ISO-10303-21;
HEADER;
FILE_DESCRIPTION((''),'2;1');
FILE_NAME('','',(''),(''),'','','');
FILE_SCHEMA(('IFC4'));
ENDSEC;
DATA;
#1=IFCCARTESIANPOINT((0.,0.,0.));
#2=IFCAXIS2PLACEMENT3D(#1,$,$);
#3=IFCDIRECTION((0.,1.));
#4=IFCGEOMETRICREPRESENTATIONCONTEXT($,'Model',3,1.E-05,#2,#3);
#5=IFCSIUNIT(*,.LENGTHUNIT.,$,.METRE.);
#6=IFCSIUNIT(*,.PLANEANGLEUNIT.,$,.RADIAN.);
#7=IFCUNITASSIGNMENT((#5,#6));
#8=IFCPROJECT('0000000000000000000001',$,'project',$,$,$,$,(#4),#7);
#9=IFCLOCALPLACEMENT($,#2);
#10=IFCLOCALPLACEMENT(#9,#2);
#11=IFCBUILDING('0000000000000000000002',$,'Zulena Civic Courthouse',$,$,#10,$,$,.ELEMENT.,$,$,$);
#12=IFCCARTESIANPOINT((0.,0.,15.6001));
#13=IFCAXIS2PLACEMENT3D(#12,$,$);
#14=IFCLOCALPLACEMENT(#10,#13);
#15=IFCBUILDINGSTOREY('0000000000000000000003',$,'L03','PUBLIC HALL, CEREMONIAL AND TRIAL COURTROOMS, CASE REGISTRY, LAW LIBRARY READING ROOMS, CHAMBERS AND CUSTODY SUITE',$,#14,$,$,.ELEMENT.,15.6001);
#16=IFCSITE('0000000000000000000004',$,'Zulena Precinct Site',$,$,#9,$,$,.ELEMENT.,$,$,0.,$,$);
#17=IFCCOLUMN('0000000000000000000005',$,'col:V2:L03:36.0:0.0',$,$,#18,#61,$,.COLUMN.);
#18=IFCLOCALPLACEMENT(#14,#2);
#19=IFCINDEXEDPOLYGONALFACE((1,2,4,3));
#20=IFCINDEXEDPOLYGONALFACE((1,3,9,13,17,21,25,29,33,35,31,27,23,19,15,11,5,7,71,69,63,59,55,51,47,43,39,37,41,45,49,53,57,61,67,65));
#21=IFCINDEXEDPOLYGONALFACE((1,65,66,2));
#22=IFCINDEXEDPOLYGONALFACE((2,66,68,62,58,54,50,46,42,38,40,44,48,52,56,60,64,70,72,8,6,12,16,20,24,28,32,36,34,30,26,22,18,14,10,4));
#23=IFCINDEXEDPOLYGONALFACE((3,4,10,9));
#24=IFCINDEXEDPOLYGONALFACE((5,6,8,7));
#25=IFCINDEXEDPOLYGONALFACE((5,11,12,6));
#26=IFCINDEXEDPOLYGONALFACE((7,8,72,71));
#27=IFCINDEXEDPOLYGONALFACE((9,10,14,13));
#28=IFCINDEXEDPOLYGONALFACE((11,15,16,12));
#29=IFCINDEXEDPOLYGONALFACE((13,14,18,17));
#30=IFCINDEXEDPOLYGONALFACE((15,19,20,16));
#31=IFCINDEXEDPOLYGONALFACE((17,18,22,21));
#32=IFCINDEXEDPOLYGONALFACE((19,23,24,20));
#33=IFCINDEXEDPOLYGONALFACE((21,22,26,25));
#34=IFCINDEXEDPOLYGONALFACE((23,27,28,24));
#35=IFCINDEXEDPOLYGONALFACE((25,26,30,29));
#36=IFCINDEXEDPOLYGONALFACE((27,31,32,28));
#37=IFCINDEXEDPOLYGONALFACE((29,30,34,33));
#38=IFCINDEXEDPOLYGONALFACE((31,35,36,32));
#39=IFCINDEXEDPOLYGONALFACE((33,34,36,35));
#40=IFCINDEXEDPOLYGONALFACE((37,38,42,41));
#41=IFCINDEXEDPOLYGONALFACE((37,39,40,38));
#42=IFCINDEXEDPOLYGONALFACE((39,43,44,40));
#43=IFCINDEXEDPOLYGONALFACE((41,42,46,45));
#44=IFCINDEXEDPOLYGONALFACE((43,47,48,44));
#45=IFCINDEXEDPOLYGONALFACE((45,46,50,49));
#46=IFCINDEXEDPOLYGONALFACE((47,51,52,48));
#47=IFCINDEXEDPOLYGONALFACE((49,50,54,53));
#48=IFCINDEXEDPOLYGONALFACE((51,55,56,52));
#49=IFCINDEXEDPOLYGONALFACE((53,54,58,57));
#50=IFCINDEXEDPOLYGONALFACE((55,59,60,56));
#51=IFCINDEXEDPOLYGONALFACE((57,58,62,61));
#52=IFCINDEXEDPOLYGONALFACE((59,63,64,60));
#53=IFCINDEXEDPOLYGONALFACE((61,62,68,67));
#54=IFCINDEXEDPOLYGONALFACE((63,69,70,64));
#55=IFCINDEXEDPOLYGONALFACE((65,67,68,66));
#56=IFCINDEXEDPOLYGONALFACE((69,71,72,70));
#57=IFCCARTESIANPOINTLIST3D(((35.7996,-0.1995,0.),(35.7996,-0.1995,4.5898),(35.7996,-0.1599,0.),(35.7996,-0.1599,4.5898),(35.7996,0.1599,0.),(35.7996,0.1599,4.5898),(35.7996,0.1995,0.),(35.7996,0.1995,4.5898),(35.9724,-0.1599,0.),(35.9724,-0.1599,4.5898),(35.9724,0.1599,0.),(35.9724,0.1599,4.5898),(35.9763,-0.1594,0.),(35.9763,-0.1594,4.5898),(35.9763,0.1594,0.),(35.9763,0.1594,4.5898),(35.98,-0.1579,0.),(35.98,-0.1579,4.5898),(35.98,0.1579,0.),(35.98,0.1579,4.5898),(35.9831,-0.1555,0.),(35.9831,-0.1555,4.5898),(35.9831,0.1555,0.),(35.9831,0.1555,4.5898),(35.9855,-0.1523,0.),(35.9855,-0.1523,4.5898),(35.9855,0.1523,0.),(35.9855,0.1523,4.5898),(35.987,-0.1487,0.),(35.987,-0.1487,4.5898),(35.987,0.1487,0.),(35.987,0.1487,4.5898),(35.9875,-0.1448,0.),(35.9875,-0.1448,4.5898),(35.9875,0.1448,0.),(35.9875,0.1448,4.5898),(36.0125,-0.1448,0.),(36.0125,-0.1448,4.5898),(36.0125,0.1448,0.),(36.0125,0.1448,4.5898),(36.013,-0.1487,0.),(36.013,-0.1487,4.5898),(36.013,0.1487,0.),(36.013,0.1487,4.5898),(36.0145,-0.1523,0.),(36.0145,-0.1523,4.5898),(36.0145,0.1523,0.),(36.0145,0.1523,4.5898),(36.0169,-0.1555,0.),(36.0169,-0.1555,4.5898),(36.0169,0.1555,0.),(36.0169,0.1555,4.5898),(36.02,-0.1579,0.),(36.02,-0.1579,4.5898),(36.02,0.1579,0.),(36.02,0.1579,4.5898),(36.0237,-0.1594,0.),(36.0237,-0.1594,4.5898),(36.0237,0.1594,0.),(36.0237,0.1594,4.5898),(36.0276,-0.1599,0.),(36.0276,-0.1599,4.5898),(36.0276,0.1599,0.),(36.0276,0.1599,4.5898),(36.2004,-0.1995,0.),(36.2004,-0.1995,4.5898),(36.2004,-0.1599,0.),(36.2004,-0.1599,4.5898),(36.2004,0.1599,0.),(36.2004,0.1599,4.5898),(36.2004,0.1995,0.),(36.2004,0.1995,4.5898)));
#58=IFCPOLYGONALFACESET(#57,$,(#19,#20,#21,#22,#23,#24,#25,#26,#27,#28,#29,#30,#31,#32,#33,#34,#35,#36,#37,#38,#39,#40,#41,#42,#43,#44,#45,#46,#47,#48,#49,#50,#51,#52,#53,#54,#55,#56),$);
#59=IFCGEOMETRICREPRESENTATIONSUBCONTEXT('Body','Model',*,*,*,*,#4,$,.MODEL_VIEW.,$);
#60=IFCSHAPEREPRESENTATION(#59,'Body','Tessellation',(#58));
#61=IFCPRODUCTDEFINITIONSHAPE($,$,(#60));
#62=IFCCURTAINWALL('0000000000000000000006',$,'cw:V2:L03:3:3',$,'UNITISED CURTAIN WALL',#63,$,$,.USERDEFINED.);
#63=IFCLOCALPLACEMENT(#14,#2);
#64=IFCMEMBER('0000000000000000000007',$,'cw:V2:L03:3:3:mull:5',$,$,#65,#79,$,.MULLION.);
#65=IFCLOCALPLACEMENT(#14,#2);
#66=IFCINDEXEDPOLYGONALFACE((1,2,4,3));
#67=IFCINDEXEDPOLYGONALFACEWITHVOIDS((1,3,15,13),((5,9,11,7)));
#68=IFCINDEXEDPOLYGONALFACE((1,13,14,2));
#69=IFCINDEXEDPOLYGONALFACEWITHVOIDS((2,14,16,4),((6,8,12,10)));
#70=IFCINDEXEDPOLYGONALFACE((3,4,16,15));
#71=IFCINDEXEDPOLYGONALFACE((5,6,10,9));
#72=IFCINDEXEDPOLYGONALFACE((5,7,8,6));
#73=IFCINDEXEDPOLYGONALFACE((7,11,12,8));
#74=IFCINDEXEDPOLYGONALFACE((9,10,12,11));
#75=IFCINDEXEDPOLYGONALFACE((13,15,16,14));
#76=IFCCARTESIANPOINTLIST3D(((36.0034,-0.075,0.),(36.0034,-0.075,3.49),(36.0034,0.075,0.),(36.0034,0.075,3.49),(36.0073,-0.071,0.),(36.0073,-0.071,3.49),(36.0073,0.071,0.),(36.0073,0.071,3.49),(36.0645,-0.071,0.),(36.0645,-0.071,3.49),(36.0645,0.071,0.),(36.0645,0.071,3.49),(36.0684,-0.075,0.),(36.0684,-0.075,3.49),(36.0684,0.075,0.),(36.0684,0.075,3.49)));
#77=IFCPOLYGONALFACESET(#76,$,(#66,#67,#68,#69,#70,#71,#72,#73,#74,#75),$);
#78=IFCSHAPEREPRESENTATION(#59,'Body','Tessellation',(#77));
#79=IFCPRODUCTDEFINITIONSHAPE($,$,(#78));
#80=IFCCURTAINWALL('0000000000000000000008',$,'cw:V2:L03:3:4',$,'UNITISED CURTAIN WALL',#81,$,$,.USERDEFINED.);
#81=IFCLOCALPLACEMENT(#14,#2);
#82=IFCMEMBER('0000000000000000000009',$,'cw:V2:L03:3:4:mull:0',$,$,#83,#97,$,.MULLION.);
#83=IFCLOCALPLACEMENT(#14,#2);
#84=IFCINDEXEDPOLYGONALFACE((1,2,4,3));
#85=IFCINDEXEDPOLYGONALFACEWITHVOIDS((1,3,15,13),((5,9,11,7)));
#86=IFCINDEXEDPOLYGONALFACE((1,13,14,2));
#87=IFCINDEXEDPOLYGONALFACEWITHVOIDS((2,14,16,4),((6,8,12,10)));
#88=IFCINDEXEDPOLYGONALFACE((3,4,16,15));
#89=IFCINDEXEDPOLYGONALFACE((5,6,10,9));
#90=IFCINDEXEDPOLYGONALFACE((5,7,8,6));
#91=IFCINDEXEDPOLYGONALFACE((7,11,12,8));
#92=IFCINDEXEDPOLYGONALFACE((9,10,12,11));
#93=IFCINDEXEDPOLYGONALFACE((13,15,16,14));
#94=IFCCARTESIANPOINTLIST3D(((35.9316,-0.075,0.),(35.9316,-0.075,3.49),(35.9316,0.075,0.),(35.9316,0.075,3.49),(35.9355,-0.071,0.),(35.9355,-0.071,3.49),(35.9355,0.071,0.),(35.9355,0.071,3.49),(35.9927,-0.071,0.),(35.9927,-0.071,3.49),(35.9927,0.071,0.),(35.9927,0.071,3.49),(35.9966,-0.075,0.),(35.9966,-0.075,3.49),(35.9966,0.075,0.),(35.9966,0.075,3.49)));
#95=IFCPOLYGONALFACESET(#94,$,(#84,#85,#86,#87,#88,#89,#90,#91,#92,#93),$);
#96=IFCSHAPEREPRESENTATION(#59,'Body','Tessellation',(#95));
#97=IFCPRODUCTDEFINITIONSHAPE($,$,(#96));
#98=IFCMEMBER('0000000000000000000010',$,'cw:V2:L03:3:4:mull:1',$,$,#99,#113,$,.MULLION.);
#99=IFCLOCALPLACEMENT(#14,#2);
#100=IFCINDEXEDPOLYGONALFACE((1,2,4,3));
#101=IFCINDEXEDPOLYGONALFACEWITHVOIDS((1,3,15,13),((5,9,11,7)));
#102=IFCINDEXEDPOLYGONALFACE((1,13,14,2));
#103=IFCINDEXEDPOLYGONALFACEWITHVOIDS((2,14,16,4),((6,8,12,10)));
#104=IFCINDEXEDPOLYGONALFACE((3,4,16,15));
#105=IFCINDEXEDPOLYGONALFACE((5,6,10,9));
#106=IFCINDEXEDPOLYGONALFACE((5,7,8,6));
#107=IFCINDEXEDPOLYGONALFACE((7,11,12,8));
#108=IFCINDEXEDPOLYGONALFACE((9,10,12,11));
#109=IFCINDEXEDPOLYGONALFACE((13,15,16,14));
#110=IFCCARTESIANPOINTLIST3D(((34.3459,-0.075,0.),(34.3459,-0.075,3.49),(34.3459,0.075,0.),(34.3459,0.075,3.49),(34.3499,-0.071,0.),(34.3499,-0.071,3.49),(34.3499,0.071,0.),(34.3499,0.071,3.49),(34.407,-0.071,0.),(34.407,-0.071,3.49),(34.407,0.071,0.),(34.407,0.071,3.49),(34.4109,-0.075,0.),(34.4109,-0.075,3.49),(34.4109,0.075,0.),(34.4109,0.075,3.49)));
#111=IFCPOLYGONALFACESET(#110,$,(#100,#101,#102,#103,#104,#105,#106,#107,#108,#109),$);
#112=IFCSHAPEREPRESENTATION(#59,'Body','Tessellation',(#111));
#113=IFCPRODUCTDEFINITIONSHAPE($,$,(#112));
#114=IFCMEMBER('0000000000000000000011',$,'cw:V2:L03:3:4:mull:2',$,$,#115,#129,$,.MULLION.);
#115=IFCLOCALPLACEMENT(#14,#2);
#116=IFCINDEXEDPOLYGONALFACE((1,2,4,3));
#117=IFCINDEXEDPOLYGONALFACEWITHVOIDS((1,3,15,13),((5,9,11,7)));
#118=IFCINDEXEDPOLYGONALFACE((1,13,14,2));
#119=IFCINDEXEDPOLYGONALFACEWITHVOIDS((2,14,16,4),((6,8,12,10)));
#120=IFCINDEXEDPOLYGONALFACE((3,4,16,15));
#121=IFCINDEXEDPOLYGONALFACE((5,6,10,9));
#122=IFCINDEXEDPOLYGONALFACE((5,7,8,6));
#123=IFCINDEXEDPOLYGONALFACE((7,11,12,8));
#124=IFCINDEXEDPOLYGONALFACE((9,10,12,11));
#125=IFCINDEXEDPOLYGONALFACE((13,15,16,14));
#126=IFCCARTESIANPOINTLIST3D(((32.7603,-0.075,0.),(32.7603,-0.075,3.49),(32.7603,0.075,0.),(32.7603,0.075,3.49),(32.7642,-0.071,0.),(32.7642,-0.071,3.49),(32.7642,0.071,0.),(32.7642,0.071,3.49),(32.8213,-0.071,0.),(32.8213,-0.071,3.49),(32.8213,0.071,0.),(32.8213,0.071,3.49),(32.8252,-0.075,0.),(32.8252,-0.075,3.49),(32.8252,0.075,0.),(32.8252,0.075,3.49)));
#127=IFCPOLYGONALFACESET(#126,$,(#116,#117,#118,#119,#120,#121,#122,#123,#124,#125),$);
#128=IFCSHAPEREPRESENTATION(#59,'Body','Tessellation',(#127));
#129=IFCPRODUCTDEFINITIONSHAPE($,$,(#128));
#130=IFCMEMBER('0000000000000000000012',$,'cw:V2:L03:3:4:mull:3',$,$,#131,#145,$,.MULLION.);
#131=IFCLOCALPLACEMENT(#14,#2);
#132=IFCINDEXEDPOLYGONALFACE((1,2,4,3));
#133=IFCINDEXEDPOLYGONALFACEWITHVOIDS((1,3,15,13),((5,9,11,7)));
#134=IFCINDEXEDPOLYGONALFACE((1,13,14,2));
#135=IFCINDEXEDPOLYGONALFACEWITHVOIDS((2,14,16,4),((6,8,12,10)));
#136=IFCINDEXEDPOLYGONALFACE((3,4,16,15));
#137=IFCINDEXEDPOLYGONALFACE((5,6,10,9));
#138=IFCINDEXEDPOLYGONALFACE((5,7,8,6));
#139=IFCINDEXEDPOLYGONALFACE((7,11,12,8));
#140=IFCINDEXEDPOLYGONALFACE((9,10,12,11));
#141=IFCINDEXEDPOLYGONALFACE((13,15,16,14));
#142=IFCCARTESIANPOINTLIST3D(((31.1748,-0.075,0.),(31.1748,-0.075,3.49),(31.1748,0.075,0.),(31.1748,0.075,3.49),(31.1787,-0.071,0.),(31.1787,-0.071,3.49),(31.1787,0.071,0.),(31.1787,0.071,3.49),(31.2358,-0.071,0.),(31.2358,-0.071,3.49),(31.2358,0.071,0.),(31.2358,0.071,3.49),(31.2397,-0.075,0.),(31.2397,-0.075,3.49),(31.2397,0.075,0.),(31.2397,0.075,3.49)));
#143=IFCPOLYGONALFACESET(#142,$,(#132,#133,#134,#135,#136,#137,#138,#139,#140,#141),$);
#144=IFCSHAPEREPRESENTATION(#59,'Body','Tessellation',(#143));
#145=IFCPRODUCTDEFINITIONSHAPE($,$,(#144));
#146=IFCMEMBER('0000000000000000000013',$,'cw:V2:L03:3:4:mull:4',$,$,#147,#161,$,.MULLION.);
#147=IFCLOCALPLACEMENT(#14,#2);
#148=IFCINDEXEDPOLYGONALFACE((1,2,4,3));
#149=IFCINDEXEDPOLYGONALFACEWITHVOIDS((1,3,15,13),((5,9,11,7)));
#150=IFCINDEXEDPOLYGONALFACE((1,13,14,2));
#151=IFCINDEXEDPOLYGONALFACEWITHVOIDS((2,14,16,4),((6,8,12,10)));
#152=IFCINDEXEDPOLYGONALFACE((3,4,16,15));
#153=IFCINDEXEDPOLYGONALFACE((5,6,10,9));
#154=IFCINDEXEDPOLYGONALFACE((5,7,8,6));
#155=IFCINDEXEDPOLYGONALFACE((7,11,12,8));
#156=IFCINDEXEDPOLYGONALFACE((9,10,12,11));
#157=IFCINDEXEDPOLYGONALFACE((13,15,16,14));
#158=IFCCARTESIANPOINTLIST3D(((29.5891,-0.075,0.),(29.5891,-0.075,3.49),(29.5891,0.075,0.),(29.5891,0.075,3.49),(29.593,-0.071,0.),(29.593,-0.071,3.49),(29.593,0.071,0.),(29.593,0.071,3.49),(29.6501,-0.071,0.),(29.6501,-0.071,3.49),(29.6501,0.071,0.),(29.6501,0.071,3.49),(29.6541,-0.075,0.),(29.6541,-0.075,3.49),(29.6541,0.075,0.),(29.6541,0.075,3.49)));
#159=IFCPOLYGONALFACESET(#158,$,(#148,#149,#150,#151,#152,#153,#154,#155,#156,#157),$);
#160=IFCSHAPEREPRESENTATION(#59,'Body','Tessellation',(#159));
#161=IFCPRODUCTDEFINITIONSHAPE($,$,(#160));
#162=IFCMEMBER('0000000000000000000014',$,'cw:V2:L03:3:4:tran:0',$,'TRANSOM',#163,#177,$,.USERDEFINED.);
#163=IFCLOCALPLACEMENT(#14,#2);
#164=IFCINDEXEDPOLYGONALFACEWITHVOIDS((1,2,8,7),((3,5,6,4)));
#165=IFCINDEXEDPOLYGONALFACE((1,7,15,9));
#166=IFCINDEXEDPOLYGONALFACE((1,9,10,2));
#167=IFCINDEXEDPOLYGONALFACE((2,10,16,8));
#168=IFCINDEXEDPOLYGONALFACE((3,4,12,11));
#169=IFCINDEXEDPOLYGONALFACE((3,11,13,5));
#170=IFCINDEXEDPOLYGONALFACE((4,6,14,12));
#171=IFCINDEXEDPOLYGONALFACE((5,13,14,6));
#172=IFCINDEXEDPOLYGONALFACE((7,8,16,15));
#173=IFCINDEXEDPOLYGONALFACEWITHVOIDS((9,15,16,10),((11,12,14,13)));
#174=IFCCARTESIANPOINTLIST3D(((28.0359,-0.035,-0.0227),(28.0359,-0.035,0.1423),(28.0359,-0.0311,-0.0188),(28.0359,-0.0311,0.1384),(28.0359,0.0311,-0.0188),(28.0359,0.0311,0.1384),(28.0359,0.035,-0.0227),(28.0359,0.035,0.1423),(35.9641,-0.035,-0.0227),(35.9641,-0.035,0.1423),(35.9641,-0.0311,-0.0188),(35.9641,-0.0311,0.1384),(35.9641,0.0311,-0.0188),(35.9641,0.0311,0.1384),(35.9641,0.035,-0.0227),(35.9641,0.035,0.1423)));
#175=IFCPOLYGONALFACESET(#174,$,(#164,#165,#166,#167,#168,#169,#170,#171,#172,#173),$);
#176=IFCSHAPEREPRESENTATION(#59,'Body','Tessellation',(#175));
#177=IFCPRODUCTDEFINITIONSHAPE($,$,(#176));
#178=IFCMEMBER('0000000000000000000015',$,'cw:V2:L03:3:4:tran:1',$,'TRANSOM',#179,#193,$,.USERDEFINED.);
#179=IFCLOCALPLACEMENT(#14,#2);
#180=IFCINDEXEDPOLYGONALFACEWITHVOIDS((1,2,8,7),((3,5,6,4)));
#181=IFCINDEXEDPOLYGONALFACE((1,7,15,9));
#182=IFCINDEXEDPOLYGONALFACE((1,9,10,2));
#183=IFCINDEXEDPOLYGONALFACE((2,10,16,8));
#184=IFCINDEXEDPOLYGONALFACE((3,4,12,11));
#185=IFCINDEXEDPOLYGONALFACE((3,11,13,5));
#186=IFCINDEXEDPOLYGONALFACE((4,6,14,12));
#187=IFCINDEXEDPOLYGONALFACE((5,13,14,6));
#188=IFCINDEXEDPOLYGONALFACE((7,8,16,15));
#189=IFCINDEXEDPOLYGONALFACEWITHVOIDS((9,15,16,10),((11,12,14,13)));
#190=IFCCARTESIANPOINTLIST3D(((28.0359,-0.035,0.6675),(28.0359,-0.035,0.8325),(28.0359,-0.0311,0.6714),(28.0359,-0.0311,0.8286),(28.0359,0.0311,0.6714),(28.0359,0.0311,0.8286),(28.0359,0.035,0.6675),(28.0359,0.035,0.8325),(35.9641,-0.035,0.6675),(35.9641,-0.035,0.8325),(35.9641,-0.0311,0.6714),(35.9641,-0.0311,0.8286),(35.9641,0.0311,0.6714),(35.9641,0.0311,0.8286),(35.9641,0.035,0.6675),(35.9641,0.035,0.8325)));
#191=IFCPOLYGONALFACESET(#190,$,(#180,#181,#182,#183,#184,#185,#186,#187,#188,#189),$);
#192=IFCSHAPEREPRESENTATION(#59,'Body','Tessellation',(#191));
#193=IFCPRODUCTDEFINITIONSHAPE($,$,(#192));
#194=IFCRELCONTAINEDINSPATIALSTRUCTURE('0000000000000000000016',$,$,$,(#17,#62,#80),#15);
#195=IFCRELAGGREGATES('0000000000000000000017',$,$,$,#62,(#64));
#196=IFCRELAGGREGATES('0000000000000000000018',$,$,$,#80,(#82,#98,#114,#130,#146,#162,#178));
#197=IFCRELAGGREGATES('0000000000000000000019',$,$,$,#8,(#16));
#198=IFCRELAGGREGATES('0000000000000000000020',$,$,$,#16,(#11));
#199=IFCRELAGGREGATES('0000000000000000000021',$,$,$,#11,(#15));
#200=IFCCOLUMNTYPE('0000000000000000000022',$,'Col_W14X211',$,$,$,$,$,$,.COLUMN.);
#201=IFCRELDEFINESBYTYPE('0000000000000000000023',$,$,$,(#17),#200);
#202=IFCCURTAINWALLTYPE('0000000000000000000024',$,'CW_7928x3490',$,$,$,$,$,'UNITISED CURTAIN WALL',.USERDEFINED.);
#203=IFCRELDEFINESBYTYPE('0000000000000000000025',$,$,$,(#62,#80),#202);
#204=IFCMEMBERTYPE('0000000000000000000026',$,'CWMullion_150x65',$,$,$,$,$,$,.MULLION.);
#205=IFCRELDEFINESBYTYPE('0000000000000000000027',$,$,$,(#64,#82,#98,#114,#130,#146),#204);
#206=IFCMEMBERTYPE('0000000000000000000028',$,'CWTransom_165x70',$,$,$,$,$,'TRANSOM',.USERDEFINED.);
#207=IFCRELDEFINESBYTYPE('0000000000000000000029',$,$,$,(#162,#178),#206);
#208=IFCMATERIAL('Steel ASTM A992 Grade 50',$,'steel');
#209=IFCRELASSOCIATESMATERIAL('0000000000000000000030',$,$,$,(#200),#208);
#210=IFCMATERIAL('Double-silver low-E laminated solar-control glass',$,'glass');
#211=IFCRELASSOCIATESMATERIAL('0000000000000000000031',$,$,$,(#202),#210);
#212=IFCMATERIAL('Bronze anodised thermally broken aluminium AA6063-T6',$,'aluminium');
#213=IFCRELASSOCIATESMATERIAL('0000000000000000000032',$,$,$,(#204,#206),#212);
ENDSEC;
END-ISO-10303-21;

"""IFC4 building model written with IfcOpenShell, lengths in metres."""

from ifc_helpers import new_model, si_unit, direction, frame, origin, origin_2d, place, context, subcontext, project, spatial, hollow_rectangle, i_section, extrude, material, material_profile, profile_set, type_object, element, aggregate, save


model = new_model("IFC4")

# Units and contexts
model_context = context("Model", 3, precision=1e-05, world=origin(), true_north=direction((0.0, 1.0)))
body_context = subcontext(model_context, "Body", "Model", "MODEL_VIEW")
ifc_project = project(units=[si_unit("LENGTHUNIT", "METRE"), si_unit("PLANEANGLEUNIT", "RADIAN")], contexts=[model_context])

# Site, building, storey
site_placement = place(None, origin())
site = spatial("IfcSite", under=ifc_project, at=site_placement, Name="Zulena Precinct Site", CompositionType="ELEMENT", RefElevation=0.0)
building_placement = place(site_placement, origin())
building = spatial("IfcBuilding", under=site, at=building_placement, Name="Zulena Civic Courthouse", CompositionType="ELEMENT")
storey_placement = place(building_placement, frame((0.0, 0.0, 15.6001)))
storey = spatial("IfcBuildingStorey", under=building, at=storey_placement, Name="L03", Description="PUBLIC HALL, CEREMONIAL AND TRIAL COURTROOMS, CASE REGISTRY, LAW LIBRARY READING ROOMS, CHAMBERS AND CUSTODY SUITE", CompositionType="ELEMENT", Elevation=15.6001)

# Column
ifc_material_1 = material(Name="Steel ASTM A992 Grade 50", Category="steel")
ifc_material_profile_1 = material_profile(ifc_material_1, i_section(OverallWidth=0.4009, OverallDepth=0.3989, WebThickness=0.0249, FlangeThickness=0.0396, FilletRadius=0.0151, at=origin_2d()), Name="W14X211")
ifc_profile_set_1 = profile_set([ifc_material_profile_1], Name="Steel ASTM A992 Grade 50")
column_type = type_object("IfcColumnType", Name="Col_W14X211", PredefinedType="COLUMN", material=ifc_profile_set_1)
column_placement = place(storey_placement, frame((36.0, 0.0, 0.0), z_axis=(0.0, 0.0, 1.0), x_axis=(1.0, 0.0, 0.0)))
element("IfcColumn", 1, at=column_placement, inside=storey, type_object=column_type, Name="col:V2:L03:36.0:0.0", PredefinedType="COLUMN", context=body_context, shape_type="SweptSolid", body=[
    extrude(i_section(OverallWidth=0.4009, OverallDepth=0.3989, WebThickness=0.0249, FlangeThickness=0.0396, FilletRadius=0.0151, at=origin_2d()), origin(), (0.0, 0.0, 1.0), 4.5898),
])

# Curtain wall, member
ifc_material_2 = material(Name="Double-silver low-E laminated solar-control glass", Category="glass")
curtain_wall_type = type_object("IfcCurtainWallType", Name="CW_7928x3490", ElementType="UNITISED CURTAIN WALL", PredefinedType="USERDEFINED", material=ifc_material_2)
curtain_wall_1_placement = place(storey_placement, origin())
curtain_wall_1 = element("IfcCurtainWall", 2, at=curtain_wall_1_placement, inside=storey, type_object=curtain_wall_type, Name="cw:V2:L03:3:3", ObjectType="UNITISED CURTAIN WALL", PredefinedType="USERDEFINED")
ifc_material_3 = material(Name="Bronze anodised thermally broken aluminium AA6063-T6", Category="aluminium")
ifc_material_profile_2 = material_profile(ifc_material_3, hollow_rectangle(XDim=0.0649, YDim=0.1499, WallThickness=0.0039, at=origin_2d()), Name="CWM150X65X4")
ifc_profile_set_2 = profile_set([ifc_material_profile_2], Name="Bronze anodised thermally broken aluminium AA6063-T6")
member_type_1 = type_object("IfcMemberType", Name="CWMullion_150x65", PredefinedType="MULLION", material=ifc_profile_set_2)
member_1_placement = place(storey_placement, frame((36.0359, 0.0, 0.0), z_axis=(0.0, 0.0, 1.0), x_axis=(1.0, 0.0, 0.0)))
member_1 = element("IfcMember", 3, at=member_1_placement, type_object=member_type_1, Name="cw:V2:L03:3:3:mull:5", PredefinedType="MULLION", context=body_context, shape_type="SweptSolid", body=[
    extrude(hollow_rectangle(XDim=0.0649, YDim=0.1499, WallThickness=0.0039, at=origin_2d()), origin(), (0.0, 0.0, 1.0), 3.49),
])

# Curtain wall, members
curtain_wall_2_placement = place(storey_placement, origin())
curtain_wall_2 = element("IfcCurtainWall", 4, at=curtain_wall_2_placement, inside=storey, type_object=curtain_wall_type, Name="cw:V2:L03:3:4", ObjectType="UNITISED CURTAIN WALL", PredefinedType="USERDEFINED")
member_2_placement = place(storey_placement, frame((35.9641, 0.0, 0.0), z_axis=(0.0, 0.0, 1.0), x_axis=(1.0, 0.0, 0.0)))
member_2 = element("IfcMember", 5, at=member_2_placement, type_object=member_type_1, Name="cw:V2:L03:3:4:mull:0", PredefinedType="MULLION", context=body_context, shape_type="SweptSolid", body=[
    extrude(hollow_rectangle(XDim=0.0649, YDim=0.1499, WallThickness=0.0039, at=origin_2d()), origin(), (0.0, 0.0, 1.0), 3.49),
])
member_3_placement = place(storey_placement, frame((34.3784, 0.0, 0.0), z_axis=(0.0, 0.0, 1.0), x_axis=(1.0, 0.0, 0.0)))
member_3 = element("IfcMember", 6, at=member_3_placement, type_object=member_type_1, Name="cw:V2:L03:3:4:mull:1", PredefinedType="MULLION", context=body_context, shape_type="SweptSolid", body=[
    extrude(hollow_rectangle(XDim=0.0649, YDim=0.1499, WallThickness=0.0039, at=origin_2d()), origin(), (0.0, 0.0, 1.0), 3.49),
])
member_4_placement = place(storey_placement, frame((32.7927, 0.0, 0.0), z_axis=(0.0, 0.0, 1.0), x_axis=(1.0, 0.0, 0.0)))
member_4 = element("IfcMember", 7, at=member_4_placement, type_object=member_type_1, Name="cw:V2:L03:3:4:mull:2", PredefinedType="MULLION", context=body_context, shape_type="SweptSolid", body=[
    extrude(hollow_rectangle(XDim=0.0649, YDim=0.1499, WallThickness=0.0039, at=origin_2d()), origin(), (0.0, 0.0, 1.0), 3.49),
])
member_5_placement = place(storey_placement, frame((31.2073, 0.0, 0.0), z_axis=(0.0, 0.0, 1.0), x_axis=(1.0, 0.0, 0.0)))
member_5 = element("IfcMember", 8, at=member_5_placement, type_object=member_type_1, Name="cw:V2:L03:3:4:mull:3", PredefinedType="MULLION", context=body_context, shape_type="SweptSolid", body=[
    extrude(hollow_rectangle(XDim=0.0649, YDim=0.1499, WallThickness=0.0039, at=origin_2d()), origin(), (0.0, 0.0, 1.0), 3.49),
])
member_6_placement = place(storey_placement, frame((29.6216, 0.0, 0.0), z_axis=(0.0, 0.0, 1.0), x_axis=(1.0, 0.0, 0.0)))
member_6 = element("IfcMember", 9, at=member_6_placement, type_object=member_type_1, Name="cw:V2:L03:3:4:mull:4", PredefinedType="MULLION", context=body_context, shape_type="SweptSolid", body=[
    extrude(hollow_rectangle(XDim=0.0649, YDim=0.1499, WallThickness=0.0039, at=origin_2d()), origin(), (0.0, 0.0, 1.0), 3.49),
])
ifc_material_profile_3 = material_profile(ifc_material_3, hollow_rectangle(XDim=0.0701, YDim=0.165, WallThickness=0.0039, at=origin_2d()), Name="CWT165X70X4")
ifc_profile_set_3 = profile_set([ifc_material_profile_3], Name="Bronze anodised thermally broken aluminium AA6063-T6")
member_type_2 = type_object("IfcMemberType", Name="CWTransom_165x70", ElementType="TRANSOM", PredefinedType="USERDEFINED", material=ifc_profile_set_3)
member_7_placement = place(storey_placement, frame((35.9641, 0.0, 0.0598), z_axis=(-1.0, 0.0, 0.0), x_axis=(0.0, -1.0, 0.0)))
member_7 = element("IfcMember", 10, at=member_7_placement, type_object=member_type_2, Name="cw:V2:L03:3:4:tran:0", ObjectType="TRANSOM", PredefinedType="USERDEFINED", context=body_context, shape_type="SweptSolid", body=[
    extrude(hollow_rectangle(XDim=0.0701, YDim=0.165, WallThickness=0.0039, at=origin_2d()), origin(), (0.0, 0.0, 1.0), 7.9282),
])
member_8_placement = place(storey_placement, frame((35.9641, 0.0, 0.75), z_axis=(-1.0, 0.0, 0.0), x_axis=(0.0, -1.0, 0.0)))
member_8 = element("IfcMember", 11, at=member_8_placement, type_object=member_type_2, Name="cw:V2:L03:3:4:tran:1", ObjectType="TRANSOM", PredefinedType="USERDEFINED", context=body_context, shape_type="SweptSolid", body=[
    extrude(hollow_rectangle(XDim=0.0701, YDim=0.165, WallThickness=0.0039, at=origin_2d()), origin(), (0.0, 0.0, 1.0), 7.9282),
])

aggregate(curtain_wall_1, [member_1])
aggregate(curtain_wall_2, [member_2, member_3, member_4, member_5, member_6, member_7, member_8])

save(model, "model.ifc")
